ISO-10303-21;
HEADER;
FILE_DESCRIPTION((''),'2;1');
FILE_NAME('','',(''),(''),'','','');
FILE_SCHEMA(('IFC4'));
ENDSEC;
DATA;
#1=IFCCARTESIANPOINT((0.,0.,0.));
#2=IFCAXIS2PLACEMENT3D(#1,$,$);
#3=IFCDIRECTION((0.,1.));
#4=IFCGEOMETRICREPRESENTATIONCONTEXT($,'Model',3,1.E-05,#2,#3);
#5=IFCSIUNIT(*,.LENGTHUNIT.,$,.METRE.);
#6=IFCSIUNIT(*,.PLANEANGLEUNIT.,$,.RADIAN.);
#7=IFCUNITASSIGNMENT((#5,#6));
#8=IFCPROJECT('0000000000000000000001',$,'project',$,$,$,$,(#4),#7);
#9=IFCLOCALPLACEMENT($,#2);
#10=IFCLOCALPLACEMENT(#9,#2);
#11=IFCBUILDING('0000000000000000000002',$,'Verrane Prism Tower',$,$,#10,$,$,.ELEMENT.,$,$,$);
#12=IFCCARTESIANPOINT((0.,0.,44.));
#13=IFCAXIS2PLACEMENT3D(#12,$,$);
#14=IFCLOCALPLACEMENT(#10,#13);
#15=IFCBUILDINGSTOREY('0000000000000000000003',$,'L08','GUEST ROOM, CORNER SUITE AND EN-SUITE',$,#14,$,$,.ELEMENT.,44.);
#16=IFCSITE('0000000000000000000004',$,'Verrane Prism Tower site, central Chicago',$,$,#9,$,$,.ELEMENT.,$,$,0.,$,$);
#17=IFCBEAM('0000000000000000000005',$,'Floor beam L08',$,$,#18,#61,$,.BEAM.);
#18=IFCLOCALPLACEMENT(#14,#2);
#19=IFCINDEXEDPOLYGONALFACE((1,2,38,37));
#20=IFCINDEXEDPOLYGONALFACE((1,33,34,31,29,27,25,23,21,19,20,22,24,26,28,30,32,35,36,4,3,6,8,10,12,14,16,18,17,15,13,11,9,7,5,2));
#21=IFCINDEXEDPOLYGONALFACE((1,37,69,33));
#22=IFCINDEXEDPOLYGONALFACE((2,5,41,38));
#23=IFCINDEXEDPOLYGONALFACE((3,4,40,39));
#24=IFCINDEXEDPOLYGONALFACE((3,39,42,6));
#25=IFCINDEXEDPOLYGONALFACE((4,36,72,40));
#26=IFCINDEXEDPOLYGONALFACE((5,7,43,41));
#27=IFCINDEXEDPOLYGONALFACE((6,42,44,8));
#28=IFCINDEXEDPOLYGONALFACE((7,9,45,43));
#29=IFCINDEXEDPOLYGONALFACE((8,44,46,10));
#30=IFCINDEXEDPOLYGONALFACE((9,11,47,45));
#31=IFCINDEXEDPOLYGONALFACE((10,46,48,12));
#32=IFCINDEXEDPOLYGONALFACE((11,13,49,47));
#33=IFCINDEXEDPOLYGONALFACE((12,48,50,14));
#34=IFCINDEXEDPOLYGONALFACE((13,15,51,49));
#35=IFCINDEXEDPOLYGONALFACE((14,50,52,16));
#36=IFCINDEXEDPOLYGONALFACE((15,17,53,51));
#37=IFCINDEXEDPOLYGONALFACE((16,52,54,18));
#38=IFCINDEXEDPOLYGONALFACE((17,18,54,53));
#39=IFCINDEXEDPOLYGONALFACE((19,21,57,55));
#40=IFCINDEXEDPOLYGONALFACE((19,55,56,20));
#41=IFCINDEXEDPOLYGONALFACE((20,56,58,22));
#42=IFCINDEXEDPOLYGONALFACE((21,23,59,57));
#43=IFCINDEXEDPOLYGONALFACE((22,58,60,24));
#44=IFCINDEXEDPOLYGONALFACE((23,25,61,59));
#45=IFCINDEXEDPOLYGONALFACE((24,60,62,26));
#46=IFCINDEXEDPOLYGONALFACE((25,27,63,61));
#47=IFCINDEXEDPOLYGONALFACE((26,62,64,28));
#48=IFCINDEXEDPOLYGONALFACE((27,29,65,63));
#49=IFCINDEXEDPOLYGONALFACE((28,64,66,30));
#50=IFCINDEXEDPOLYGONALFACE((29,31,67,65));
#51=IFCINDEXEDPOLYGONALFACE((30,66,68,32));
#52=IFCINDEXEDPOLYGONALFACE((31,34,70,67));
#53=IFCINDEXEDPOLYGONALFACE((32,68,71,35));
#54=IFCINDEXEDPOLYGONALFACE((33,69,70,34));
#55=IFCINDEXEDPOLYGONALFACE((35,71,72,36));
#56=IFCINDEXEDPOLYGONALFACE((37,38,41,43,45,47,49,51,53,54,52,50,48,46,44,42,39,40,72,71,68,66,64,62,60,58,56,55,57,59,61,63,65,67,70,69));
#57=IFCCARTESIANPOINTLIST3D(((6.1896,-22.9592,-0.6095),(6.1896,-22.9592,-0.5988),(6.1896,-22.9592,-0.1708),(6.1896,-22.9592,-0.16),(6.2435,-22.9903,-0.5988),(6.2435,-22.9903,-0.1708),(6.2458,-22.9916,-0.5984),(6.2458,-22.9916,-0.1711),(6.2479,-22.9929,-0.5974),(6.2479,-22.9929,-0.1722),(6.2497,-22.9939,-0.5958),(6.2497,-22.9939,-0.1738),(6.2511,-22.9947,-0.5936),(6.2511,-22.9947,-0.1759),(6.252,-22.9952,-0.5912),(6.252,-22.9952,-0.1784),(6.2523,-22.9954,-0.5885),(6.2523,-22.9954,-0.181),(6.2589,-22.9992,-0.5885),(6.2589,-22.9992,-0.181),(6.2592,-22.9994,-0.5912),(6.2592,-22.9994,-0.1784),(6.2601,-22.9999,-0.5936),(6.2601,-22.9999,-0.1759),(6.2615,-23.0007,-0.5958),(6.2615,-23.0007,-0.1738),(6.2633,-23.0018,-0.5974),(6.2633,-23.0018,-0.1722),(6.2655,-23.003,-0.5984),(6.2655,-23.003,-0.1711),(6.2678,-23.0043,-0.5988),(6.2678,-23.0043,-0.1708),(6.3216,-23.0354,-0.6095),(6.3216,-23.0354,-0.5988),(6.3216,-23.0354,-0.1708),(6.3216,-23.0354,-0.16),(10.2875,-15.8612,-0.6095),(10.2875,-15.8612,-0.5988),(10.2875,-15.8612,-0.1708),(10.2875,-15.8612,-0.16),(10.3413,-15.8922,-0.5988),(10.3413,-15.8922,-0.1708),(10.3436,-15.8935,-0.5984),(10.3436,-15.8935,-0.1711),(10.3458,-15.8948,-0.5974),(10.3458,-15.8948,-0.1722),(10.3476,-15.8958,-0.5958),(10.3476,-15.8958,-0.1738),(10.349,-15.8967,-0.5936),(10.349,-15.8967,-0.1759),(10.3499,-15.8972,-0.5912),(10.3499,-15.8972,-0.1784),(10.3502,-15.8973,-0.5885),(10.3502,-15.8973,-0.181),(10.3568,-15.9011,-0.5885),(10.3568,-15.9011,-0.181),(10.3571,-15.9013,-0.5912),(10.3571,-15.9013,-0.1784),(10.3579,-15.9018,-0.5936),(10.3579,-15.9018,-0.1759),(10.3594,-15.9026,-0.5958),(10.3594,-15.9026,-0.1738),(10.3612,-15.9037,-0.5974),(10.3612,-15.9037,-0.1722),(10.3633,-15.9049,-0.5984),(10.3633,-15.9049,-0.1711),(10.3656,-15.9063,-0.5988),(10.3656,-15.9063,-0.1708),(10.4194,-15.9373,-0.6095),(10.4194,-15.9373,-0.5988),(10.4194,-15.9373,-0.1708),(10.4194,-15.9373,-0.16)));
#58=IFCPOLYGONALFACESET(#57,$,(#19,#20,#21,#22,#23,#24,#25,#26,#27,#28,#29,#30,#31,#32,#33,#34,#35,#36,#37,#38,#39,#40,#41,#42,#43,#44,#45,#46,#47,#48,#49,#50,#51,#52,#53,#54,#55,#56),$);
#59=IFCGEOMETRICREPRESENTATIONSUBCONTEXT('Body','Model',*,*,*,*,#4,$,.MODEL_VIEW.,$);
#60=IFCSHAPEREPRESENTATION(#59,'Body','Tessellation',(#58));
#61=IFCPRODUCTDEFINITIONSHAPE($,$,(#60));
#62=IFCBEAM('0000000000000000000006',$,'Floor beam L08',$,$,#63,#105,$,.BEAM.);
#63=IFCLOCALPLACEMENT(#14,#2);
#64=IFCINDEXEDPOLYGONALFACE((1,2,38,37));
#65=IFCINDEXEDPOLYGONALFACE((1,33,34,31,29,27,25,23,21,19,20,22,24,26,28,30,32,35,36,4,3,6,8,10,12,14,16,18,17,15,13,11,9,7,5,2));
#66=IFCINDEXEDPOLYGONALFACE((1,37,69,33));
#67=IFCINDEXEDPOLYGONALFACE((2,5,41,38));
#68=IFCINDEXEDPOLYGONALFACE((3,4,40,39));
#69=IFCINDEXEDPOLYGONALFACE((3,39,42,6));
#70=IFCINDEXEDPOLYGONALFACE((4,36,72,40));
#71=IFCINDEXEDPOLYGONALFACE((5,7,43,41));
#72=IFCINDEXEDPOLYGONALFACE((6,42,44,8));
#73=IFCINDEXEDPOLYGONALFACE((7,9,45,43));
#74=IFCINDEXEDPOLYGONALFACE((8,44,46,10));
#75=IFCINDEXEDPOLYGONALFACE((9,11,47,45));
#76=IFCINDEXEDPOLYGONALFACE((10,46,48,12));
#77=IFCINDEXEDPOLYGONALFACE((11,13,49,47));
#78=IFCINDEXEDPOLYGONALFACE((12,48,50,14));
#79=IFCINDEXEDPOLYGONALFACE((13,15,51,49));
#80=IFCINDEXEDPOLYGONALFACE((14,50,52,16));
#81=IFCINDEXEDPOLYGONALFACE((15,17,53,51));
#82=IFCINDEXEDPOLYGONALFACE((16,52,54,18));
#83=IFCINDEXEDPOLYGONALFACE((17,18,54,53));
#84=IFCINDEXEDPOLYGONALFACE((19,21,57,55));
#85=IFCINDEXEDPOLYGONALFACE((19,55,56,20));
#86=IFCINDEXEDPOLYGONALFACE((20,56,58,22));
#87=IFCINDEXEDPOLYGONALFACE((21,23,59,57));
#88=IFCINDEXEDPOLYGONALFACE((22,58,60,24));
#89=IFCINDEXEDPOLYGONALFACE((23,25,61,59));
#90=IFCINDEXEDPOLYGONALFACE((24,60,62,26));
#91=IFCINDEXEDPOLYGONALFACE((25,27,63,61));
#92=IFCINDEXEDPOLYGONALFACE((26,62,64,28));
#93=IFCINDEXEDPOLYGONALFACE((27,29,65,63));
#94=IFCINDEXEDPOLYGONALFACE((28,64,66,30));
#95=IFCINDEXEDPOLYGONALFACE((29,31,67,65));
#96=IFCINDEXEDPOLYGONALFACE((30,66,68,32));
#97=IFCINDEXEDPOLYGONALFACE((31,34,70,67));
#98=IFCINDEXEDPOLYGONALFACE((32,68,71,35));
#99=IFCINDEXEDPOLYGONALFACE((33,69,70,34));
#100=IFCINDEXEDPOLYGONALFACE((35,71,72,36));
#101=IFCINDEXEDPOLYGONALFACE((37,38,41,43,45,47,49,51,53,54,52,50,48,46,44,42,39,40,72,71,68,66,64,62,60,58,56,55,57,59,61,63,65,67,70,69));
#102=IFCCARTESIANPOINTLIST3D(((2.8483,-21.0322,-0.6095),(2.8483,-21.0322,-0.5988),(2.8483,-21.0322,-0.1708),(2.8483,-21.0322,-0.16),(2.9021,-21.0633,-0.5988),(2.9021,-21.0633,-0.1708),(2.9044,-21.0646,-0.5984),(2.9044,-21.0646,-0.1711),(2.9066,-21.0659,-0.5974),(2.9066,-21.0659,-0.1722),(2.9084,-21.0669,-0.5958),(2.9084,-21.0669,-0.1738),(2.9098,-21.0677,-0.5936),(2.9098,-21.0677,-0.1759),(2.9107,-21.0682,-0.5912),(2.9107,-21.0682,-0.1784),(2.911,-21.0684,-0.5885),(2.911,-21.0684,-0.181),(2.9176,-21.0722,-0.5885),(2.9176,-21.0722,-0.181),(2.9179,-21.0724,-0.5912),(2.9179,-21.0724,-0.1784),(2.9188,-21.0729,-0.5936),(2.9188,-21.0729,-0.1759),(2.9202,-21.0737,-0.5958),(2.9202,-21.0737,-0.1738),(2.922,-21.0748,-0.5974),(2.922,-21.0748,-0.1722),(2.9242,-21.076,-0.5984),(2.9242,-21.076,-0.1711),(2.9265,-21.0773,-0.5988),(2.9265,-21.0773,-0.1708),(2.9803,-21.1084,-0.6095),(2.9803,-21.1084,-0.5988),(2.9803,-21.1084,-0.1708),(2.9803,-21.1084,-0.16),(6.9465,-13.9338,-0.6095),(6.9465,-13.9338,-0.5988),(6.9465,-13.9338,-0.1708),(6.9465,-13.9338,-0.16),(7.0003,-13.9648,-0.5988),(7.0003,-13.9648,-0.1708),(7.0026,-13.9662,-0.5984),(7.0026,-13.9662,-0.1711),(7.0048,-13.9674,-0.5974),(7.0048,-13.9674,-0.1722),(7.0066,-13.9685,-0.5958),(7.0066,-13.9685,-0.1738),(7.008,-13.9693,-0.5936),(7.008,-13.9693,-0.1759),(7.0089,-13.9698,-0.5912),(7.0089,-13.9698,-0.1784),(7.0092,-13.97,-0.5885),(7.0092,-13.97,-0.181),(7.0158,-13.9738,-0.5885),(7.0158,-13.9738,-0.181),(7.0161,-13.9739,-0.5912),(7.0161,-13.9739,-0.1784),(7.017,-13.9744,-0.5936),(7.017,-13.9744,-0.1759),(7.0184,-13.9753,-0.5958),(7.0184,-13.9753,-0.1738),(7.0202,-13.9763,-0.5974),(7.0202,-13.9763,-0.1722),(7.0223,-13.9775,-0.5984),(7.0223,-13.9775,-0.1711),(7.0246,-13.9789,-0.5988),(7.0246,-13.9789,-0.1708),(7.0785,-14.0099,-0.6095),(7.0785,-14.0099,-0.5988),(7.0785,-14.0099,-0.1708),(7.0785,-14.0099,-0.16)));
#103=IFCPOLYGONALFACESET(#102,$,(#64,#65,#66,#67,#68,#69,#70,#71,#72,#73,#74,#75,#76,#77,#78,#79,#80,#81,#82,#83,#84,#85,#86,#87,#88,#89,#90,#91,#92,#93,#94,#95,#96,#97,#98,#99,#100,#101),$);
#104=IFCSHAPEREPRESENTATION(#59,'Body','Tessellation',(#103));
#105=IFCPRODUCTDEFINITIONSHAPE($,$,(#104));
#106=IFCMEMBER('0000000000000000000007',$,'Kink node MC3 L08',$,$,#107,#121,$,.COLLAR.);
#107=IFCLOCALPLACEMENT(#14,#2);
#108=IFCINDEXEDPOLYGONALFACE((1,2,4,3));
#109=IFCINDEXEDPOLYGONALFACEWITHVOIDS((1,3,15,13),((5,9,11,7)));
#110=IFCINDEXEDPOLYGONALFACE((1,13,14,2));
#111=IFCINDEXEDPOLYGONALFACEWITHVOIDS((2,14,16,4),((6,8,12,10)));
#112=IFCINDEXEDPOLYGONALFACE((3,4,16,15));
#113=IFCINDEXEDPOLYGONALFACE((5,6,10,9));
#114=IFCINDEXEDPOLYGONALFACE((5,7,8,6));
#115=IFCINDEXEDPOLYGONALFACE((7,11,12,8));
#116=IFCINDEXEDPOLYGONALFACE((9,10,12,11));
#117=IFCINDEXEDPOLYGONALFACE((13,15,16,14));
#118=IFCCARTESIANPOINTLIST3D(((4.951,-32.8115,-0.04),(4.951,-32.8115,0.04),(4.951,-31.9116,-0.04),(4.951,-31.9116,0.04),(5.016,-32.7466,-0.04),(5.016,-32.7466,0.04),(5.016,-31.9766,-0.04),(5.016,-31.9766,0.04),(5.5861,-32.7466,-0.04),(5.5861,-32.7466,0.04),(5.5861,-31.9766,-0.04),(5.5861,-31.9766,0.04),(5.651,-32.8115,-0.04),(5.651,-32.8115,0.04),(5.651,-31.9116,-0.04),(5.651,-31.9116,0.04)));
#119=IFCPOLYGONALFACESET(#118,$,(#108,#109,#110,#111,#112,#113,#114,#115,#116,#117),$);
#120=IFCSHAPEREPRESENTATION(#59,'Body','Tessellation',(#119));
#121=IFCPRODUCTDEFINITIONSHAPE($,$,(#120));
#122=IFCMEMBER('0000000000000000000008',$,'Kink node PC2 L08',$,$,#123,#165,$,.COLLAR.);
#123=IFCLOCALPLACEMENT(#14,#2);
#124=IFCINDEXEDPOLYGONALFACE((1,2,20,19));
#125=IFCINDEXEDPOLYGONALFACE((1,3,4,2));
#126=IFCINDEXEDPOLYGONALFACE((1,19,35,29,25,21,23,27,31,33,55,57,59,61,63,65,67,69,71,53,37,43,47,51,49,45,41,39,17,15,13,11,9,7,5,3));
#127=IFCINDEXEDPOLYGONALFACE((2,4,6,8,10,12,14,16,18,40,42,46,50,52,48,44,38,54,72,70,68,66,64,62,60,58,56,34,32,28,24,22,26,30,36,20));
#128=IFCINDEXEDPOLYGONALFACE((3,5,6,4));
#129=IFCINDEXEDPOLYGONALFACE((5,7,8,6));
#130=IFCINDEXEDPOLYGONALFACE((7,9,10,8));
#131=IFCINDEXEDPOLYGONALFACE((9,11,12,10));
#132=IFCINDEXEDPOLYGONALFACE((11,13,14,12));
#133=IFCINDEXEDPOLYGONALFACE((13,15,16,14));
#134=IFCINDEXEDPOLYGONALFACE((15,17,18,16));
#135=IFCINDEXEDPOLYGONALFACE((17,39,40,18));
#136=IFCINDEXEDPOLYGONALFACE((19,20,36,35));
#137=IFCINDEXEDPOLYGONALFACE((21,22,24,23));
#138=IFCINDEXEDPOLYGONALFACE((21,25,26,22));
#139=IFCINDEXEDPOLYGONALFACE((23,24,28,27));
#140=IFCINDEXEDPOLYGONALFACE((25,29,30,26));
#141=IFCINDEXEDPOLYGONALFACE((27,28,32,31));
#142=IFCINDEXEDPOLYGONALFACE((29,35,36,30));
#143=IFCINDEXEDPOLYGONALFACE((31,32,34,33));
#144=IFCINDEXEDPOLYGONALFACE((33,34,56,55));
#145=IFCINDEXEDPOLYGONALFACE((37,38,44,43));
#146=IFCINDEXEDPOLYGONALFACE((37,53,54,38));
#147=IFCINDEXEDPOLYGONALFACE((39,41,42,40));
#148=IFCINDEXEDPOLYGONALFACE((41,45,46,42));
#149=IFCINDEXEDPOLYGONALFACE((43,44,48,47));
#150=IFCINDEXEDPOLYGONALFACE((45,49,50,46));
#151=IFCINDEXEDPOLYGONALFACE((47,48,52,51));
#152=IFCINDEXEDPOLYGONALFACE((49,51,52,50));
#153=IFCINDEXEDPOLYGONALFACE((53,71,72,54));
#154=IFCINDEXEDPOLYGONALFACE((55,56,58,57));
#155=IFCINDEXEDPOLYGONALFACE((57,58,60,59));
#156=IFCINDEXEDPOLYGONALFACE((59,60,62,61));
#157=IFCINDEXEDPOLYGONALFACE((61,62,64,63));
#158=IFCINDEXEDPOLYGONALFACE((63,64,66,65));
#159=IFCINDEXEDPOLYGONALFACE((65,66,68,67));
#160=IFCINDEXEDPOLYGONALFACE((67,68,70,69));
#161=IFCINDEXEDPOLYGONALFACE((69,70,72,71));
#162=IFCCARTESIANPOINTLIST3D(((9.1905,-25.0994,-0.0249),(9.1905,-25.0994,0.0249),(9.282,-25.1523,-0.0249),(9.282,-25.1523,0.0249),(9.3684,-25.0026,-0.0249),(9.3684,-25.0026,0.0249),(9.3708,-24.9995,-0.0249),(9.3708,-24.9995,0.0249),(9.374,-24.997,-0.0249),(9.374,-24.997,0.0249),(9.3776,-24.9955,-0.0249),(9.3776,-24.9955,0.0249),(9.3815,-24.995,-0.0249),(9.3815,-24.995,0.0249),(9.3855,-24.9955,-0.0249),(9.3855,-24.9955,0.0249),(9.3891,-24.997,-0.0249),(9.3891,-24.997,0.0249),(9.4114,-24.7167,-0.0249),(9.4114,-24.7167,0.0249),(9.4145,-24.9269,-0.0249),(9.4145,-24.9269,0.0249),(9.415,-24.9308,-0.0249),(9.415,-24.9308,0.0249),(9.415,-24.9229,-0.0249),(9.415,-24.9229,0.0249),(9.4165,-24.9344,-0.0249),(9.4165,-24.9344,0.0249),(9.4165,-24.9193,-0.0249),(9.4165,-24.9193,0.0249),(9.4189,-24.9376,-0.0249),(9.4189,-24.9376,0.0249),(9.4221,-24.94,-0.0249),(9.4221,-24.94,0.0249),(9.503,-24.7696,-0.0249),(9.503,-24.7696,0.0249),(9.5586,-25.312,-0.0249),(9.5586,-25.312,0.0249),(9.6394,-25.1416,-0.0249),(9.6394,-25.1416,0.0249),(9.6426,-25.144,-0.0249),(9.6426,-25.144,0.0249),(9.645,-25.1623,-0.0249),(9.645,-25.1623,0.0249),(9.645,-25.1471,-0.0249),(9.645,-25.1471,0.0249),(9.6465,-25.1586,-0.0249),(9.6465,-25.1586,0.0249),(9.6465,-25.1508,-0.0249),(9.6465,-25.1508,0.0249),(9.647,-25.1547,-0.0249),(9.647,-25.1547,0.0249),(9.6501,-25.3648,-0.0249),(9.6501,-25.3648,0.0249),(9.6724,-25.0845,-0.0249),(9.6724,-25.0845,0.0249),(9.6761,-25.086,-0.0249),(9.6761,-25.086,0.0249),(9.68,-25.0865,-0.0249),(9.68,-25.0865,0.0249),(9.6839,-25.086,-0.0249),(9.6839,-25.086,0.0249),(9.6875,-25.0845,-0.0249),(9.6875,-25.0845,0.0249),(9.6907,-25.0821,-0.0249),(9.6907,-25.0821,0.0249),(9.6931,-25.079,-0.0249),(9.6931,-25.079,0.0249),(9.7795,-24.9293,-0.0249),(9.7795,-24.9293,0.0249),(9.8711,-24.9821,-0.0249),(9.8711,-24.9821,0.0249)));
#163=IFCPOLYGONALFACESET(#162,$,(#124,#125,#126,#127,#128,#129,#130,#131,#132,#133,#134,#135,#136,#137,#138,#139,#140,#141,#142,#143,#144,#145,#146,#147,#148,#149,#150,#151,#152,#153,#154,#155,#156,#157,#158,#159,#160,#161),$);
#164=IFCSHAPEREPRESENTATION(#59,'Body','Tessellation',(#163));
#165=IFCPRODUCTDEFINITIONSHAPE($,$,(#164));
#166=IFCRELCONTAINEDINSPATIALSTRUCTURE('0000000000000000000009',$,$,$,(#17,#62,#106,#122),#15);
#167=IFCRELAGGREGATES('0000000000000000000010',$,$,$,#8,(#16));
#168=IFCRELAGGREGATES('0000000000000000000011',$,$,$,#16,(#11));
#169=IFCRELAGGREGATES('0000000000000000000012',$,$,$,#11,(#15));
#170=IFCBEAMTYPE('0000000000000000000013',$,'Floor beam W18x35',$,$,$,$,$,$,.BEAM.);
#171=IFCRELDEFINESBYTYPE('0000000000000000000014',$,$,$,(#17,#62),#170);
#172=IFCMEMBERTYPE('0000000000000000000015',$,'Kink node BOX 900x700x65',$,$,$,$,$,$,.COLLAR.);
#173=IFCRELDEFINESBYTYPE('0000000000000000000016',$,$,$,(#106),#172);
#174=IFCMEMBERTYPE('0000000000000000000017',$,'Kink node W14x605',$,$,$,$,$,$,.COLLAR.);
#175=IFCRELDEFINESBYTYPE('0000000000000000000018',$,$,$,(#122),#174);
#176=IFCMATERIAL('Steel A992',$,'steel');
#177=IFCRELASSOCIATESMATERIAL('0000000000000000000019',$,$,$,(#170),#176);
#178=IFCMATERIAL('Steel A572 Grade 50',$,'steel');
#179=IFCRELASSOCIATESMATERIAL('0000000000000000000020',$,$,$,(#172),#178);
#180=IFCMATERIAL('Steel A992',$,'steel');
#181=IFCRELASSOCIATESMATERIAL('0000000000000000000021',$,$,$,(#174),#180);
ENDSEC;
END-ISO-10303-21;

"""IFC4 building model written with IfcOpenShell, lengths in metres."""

from ifc_helpers import new_model, si_unit, direction, frame, origin, origin_2d, place, context, subcontext, project, spatial, hollow_rectangle, i_section, extrude, material, material_profile, profile_set, type_object, element, save


model = new_model("IFC4")

# Units and contexts
model_context = context("Model", 3, precision=1e-05, world=origin(), true_north=direction((0.0, 1.0)))
body_context = subcontext(model_context, "Body", "Model", "MODEL_VIEW")
ifc_project = project(units=[si_unit("LENGTHUNIT", "METRE"), si_unit("PLANEANGLEUNIT", "RADIAN")], contexts=[model_context])

# Site, building, storey
site_placement = place(None, origin())
site = spatial("IfcSite", under=ifc_project, at=site_placement, Name="Verrane Prism Tower site, central Chicago", CompositionType="ELEMENT", RefElevation=0.0)
building_placement = place(site_placement, origin())
building = spatial("IfcBuilding", under=site, at=building_placement, Name="Verrane Prism Tower", CompositionType="ELEMENT")
storey_placement = place(building_placement, frame((0.0, 0.0, 44.0)))
storey = spatial("IfcBuildingStorey", under=building, at=storey_placement, Name="L08", Description="GUEST ROOM, CORNER SUITE AND EN-SUITE", CompositionType="ELEMENT", Elevation=44.0)

# Beams
ifc_material_1 = material(Name="Steel A992", Category="steel")
ifc_material_profile_1 = material_profile(ifc_material_1, i_section(OverallWidth=0.1523, OverallDepth=0.4495, WebThickness=0.0076, FlangeThickness=0.0107, FilletRadius=0.0103, at=origin_2d()), Name="W18x35")
ifc_profile_set_1 = profile_set([ifc_material_profile_1], Name="Steel A992")
beam_type_1 = type_object("IfcBeamType", Name="Floor beam W18x35", PredefinedType="BEAM", material=ifc_profile_set_1)
beam_1_placement = place(storey_placement, frame((6.2556, -22.9973, -0.3848), z_axis=(0.49998, 0.866037, 0.0), x_axis=(-0.866037, 0.49998, 0.0)))
element("IfcBeam", 1, at=beam_1_placement, inside=storey, type_object=beam_type_1, Name="Floor beam L08", PredefinedType="BEAM", context=body_context, shape_type="SweptSolid", body=[
    extrude(i_section(OverallWidth=0.1523, OverallDepth=0.4495, WebThickness=0.0076, FlangeThickness=0.0107, FilletRadius=0.0103, at=origin_2d()), origin(), (0.0, 0.0, 1.0), 8.196),
])
beam_2_placement = place(storey_placement, frame((2.9143, -21.0703, -0.3848), z_axis=(0.49999, 0.866031, 0.0), x_axis=(-0.866031, 0.49999, 0.0)))
element("IfcBeam", 2, at=beam_2_placement, inside=storey, type_object=beam_type_1, Name="Floor beam L08", PredefinedType="BEAM", context=body_context, shape_type="SweptSolid", body=[
    extrude(i_section(OverallWidth=0.1523, OverallDepth=0.4495, WebThickness=0.0076, FlangeThickness=0.0107, FilletRadius=0.0103, at=origin_2d()), origin(), (0.0, 0.0, 1.0), 8.1965),
])

# Members
ifc_material_2 = material(Name="Steel A572 Grade 50", Category="steel")
ifc_material_profile_2 = material_profile(ifc_material_2, hollow_rectangle(XDim=0.7, YDim=0.8999, WallThickness=0.0649, at=origin_2d()), Name="BOX 900x700x65")
ifc_profile_set_2 = profile_set([ifc_material_profile_2], Name="Steel A572 Grade 50")
member_type_1 = type_object("IfcMemberType", Name="Kink node BOX 900x700x65", PredefinedType="COLLAR", material=ifc_profile_set_2)
member_1_placement = place(storey_placement, frame((5.301, -32.3616, -0.04), z_axis=(0.0, 0.0, 1.0), x_axis=(-1.0, 0.0, 0.0)))
element("IfcMember", 3, at=member_1_placement, inside=storey, type_object=member_type_1, Name="Kink node MC3 L08", PredefinedType="COLLAR", context=body_context, shape_type="SweptSolid", body=[
    extrude(hollow_rectangle(XDim=0.7, YDim=0.8999, WallThickness=0.0649, at=origin_2d()), origin(), (0.0, 0.0, 1.0), 0.0801),
])
ifc_material_3 = material(Name="Steel A992", Category="steel")
ifc_material_profile_3 = material_profile(ifc_material_3, i_section(OverallWidth=0.4419, OverallDepth=0.5308, WebThickness=0.0659, FlangeThickness=0.1057, FilletRadius=0.0151, at=origin_2d()), Name="W14x605")
ifc_profile_set_3 = profile_set([ifc_material_profile_3], Name="Steel A992")
member_type_2 = type_object("IfcMemberType", Name="Kink node W14x605", PredefinedType="COLLAR", material=ifc_profile_set_3)
for number, where, z_axis, x_axis, name in (
    (4, (9.5308, -25.0408, -0.0249), (0.0, 0.0, 1.0), (-0.5, -0.866025, 0.0), "Kink node PC2 L08"),
):
    element("IfcMember", number, at=place(storey_placement, frame(where, z_axis=z_axis, x_axis=x_axis)), inside=storey, type_object=member_type_2, Name=name, PredefinedType="COLLAR", context=body_context, shape_type="SweptSolid", body=[
        extrude(i_section(OverallWidth=0.4419, OverallDepth=0.5308, WebThickness=0.0659, FlangeThickness=0.1057, FilletRadius=0.0151, at=origin_2d()), origin(), (0.0, 0.0, 1.0), 0.0498),
    ])

save(model, "model.ifc")
